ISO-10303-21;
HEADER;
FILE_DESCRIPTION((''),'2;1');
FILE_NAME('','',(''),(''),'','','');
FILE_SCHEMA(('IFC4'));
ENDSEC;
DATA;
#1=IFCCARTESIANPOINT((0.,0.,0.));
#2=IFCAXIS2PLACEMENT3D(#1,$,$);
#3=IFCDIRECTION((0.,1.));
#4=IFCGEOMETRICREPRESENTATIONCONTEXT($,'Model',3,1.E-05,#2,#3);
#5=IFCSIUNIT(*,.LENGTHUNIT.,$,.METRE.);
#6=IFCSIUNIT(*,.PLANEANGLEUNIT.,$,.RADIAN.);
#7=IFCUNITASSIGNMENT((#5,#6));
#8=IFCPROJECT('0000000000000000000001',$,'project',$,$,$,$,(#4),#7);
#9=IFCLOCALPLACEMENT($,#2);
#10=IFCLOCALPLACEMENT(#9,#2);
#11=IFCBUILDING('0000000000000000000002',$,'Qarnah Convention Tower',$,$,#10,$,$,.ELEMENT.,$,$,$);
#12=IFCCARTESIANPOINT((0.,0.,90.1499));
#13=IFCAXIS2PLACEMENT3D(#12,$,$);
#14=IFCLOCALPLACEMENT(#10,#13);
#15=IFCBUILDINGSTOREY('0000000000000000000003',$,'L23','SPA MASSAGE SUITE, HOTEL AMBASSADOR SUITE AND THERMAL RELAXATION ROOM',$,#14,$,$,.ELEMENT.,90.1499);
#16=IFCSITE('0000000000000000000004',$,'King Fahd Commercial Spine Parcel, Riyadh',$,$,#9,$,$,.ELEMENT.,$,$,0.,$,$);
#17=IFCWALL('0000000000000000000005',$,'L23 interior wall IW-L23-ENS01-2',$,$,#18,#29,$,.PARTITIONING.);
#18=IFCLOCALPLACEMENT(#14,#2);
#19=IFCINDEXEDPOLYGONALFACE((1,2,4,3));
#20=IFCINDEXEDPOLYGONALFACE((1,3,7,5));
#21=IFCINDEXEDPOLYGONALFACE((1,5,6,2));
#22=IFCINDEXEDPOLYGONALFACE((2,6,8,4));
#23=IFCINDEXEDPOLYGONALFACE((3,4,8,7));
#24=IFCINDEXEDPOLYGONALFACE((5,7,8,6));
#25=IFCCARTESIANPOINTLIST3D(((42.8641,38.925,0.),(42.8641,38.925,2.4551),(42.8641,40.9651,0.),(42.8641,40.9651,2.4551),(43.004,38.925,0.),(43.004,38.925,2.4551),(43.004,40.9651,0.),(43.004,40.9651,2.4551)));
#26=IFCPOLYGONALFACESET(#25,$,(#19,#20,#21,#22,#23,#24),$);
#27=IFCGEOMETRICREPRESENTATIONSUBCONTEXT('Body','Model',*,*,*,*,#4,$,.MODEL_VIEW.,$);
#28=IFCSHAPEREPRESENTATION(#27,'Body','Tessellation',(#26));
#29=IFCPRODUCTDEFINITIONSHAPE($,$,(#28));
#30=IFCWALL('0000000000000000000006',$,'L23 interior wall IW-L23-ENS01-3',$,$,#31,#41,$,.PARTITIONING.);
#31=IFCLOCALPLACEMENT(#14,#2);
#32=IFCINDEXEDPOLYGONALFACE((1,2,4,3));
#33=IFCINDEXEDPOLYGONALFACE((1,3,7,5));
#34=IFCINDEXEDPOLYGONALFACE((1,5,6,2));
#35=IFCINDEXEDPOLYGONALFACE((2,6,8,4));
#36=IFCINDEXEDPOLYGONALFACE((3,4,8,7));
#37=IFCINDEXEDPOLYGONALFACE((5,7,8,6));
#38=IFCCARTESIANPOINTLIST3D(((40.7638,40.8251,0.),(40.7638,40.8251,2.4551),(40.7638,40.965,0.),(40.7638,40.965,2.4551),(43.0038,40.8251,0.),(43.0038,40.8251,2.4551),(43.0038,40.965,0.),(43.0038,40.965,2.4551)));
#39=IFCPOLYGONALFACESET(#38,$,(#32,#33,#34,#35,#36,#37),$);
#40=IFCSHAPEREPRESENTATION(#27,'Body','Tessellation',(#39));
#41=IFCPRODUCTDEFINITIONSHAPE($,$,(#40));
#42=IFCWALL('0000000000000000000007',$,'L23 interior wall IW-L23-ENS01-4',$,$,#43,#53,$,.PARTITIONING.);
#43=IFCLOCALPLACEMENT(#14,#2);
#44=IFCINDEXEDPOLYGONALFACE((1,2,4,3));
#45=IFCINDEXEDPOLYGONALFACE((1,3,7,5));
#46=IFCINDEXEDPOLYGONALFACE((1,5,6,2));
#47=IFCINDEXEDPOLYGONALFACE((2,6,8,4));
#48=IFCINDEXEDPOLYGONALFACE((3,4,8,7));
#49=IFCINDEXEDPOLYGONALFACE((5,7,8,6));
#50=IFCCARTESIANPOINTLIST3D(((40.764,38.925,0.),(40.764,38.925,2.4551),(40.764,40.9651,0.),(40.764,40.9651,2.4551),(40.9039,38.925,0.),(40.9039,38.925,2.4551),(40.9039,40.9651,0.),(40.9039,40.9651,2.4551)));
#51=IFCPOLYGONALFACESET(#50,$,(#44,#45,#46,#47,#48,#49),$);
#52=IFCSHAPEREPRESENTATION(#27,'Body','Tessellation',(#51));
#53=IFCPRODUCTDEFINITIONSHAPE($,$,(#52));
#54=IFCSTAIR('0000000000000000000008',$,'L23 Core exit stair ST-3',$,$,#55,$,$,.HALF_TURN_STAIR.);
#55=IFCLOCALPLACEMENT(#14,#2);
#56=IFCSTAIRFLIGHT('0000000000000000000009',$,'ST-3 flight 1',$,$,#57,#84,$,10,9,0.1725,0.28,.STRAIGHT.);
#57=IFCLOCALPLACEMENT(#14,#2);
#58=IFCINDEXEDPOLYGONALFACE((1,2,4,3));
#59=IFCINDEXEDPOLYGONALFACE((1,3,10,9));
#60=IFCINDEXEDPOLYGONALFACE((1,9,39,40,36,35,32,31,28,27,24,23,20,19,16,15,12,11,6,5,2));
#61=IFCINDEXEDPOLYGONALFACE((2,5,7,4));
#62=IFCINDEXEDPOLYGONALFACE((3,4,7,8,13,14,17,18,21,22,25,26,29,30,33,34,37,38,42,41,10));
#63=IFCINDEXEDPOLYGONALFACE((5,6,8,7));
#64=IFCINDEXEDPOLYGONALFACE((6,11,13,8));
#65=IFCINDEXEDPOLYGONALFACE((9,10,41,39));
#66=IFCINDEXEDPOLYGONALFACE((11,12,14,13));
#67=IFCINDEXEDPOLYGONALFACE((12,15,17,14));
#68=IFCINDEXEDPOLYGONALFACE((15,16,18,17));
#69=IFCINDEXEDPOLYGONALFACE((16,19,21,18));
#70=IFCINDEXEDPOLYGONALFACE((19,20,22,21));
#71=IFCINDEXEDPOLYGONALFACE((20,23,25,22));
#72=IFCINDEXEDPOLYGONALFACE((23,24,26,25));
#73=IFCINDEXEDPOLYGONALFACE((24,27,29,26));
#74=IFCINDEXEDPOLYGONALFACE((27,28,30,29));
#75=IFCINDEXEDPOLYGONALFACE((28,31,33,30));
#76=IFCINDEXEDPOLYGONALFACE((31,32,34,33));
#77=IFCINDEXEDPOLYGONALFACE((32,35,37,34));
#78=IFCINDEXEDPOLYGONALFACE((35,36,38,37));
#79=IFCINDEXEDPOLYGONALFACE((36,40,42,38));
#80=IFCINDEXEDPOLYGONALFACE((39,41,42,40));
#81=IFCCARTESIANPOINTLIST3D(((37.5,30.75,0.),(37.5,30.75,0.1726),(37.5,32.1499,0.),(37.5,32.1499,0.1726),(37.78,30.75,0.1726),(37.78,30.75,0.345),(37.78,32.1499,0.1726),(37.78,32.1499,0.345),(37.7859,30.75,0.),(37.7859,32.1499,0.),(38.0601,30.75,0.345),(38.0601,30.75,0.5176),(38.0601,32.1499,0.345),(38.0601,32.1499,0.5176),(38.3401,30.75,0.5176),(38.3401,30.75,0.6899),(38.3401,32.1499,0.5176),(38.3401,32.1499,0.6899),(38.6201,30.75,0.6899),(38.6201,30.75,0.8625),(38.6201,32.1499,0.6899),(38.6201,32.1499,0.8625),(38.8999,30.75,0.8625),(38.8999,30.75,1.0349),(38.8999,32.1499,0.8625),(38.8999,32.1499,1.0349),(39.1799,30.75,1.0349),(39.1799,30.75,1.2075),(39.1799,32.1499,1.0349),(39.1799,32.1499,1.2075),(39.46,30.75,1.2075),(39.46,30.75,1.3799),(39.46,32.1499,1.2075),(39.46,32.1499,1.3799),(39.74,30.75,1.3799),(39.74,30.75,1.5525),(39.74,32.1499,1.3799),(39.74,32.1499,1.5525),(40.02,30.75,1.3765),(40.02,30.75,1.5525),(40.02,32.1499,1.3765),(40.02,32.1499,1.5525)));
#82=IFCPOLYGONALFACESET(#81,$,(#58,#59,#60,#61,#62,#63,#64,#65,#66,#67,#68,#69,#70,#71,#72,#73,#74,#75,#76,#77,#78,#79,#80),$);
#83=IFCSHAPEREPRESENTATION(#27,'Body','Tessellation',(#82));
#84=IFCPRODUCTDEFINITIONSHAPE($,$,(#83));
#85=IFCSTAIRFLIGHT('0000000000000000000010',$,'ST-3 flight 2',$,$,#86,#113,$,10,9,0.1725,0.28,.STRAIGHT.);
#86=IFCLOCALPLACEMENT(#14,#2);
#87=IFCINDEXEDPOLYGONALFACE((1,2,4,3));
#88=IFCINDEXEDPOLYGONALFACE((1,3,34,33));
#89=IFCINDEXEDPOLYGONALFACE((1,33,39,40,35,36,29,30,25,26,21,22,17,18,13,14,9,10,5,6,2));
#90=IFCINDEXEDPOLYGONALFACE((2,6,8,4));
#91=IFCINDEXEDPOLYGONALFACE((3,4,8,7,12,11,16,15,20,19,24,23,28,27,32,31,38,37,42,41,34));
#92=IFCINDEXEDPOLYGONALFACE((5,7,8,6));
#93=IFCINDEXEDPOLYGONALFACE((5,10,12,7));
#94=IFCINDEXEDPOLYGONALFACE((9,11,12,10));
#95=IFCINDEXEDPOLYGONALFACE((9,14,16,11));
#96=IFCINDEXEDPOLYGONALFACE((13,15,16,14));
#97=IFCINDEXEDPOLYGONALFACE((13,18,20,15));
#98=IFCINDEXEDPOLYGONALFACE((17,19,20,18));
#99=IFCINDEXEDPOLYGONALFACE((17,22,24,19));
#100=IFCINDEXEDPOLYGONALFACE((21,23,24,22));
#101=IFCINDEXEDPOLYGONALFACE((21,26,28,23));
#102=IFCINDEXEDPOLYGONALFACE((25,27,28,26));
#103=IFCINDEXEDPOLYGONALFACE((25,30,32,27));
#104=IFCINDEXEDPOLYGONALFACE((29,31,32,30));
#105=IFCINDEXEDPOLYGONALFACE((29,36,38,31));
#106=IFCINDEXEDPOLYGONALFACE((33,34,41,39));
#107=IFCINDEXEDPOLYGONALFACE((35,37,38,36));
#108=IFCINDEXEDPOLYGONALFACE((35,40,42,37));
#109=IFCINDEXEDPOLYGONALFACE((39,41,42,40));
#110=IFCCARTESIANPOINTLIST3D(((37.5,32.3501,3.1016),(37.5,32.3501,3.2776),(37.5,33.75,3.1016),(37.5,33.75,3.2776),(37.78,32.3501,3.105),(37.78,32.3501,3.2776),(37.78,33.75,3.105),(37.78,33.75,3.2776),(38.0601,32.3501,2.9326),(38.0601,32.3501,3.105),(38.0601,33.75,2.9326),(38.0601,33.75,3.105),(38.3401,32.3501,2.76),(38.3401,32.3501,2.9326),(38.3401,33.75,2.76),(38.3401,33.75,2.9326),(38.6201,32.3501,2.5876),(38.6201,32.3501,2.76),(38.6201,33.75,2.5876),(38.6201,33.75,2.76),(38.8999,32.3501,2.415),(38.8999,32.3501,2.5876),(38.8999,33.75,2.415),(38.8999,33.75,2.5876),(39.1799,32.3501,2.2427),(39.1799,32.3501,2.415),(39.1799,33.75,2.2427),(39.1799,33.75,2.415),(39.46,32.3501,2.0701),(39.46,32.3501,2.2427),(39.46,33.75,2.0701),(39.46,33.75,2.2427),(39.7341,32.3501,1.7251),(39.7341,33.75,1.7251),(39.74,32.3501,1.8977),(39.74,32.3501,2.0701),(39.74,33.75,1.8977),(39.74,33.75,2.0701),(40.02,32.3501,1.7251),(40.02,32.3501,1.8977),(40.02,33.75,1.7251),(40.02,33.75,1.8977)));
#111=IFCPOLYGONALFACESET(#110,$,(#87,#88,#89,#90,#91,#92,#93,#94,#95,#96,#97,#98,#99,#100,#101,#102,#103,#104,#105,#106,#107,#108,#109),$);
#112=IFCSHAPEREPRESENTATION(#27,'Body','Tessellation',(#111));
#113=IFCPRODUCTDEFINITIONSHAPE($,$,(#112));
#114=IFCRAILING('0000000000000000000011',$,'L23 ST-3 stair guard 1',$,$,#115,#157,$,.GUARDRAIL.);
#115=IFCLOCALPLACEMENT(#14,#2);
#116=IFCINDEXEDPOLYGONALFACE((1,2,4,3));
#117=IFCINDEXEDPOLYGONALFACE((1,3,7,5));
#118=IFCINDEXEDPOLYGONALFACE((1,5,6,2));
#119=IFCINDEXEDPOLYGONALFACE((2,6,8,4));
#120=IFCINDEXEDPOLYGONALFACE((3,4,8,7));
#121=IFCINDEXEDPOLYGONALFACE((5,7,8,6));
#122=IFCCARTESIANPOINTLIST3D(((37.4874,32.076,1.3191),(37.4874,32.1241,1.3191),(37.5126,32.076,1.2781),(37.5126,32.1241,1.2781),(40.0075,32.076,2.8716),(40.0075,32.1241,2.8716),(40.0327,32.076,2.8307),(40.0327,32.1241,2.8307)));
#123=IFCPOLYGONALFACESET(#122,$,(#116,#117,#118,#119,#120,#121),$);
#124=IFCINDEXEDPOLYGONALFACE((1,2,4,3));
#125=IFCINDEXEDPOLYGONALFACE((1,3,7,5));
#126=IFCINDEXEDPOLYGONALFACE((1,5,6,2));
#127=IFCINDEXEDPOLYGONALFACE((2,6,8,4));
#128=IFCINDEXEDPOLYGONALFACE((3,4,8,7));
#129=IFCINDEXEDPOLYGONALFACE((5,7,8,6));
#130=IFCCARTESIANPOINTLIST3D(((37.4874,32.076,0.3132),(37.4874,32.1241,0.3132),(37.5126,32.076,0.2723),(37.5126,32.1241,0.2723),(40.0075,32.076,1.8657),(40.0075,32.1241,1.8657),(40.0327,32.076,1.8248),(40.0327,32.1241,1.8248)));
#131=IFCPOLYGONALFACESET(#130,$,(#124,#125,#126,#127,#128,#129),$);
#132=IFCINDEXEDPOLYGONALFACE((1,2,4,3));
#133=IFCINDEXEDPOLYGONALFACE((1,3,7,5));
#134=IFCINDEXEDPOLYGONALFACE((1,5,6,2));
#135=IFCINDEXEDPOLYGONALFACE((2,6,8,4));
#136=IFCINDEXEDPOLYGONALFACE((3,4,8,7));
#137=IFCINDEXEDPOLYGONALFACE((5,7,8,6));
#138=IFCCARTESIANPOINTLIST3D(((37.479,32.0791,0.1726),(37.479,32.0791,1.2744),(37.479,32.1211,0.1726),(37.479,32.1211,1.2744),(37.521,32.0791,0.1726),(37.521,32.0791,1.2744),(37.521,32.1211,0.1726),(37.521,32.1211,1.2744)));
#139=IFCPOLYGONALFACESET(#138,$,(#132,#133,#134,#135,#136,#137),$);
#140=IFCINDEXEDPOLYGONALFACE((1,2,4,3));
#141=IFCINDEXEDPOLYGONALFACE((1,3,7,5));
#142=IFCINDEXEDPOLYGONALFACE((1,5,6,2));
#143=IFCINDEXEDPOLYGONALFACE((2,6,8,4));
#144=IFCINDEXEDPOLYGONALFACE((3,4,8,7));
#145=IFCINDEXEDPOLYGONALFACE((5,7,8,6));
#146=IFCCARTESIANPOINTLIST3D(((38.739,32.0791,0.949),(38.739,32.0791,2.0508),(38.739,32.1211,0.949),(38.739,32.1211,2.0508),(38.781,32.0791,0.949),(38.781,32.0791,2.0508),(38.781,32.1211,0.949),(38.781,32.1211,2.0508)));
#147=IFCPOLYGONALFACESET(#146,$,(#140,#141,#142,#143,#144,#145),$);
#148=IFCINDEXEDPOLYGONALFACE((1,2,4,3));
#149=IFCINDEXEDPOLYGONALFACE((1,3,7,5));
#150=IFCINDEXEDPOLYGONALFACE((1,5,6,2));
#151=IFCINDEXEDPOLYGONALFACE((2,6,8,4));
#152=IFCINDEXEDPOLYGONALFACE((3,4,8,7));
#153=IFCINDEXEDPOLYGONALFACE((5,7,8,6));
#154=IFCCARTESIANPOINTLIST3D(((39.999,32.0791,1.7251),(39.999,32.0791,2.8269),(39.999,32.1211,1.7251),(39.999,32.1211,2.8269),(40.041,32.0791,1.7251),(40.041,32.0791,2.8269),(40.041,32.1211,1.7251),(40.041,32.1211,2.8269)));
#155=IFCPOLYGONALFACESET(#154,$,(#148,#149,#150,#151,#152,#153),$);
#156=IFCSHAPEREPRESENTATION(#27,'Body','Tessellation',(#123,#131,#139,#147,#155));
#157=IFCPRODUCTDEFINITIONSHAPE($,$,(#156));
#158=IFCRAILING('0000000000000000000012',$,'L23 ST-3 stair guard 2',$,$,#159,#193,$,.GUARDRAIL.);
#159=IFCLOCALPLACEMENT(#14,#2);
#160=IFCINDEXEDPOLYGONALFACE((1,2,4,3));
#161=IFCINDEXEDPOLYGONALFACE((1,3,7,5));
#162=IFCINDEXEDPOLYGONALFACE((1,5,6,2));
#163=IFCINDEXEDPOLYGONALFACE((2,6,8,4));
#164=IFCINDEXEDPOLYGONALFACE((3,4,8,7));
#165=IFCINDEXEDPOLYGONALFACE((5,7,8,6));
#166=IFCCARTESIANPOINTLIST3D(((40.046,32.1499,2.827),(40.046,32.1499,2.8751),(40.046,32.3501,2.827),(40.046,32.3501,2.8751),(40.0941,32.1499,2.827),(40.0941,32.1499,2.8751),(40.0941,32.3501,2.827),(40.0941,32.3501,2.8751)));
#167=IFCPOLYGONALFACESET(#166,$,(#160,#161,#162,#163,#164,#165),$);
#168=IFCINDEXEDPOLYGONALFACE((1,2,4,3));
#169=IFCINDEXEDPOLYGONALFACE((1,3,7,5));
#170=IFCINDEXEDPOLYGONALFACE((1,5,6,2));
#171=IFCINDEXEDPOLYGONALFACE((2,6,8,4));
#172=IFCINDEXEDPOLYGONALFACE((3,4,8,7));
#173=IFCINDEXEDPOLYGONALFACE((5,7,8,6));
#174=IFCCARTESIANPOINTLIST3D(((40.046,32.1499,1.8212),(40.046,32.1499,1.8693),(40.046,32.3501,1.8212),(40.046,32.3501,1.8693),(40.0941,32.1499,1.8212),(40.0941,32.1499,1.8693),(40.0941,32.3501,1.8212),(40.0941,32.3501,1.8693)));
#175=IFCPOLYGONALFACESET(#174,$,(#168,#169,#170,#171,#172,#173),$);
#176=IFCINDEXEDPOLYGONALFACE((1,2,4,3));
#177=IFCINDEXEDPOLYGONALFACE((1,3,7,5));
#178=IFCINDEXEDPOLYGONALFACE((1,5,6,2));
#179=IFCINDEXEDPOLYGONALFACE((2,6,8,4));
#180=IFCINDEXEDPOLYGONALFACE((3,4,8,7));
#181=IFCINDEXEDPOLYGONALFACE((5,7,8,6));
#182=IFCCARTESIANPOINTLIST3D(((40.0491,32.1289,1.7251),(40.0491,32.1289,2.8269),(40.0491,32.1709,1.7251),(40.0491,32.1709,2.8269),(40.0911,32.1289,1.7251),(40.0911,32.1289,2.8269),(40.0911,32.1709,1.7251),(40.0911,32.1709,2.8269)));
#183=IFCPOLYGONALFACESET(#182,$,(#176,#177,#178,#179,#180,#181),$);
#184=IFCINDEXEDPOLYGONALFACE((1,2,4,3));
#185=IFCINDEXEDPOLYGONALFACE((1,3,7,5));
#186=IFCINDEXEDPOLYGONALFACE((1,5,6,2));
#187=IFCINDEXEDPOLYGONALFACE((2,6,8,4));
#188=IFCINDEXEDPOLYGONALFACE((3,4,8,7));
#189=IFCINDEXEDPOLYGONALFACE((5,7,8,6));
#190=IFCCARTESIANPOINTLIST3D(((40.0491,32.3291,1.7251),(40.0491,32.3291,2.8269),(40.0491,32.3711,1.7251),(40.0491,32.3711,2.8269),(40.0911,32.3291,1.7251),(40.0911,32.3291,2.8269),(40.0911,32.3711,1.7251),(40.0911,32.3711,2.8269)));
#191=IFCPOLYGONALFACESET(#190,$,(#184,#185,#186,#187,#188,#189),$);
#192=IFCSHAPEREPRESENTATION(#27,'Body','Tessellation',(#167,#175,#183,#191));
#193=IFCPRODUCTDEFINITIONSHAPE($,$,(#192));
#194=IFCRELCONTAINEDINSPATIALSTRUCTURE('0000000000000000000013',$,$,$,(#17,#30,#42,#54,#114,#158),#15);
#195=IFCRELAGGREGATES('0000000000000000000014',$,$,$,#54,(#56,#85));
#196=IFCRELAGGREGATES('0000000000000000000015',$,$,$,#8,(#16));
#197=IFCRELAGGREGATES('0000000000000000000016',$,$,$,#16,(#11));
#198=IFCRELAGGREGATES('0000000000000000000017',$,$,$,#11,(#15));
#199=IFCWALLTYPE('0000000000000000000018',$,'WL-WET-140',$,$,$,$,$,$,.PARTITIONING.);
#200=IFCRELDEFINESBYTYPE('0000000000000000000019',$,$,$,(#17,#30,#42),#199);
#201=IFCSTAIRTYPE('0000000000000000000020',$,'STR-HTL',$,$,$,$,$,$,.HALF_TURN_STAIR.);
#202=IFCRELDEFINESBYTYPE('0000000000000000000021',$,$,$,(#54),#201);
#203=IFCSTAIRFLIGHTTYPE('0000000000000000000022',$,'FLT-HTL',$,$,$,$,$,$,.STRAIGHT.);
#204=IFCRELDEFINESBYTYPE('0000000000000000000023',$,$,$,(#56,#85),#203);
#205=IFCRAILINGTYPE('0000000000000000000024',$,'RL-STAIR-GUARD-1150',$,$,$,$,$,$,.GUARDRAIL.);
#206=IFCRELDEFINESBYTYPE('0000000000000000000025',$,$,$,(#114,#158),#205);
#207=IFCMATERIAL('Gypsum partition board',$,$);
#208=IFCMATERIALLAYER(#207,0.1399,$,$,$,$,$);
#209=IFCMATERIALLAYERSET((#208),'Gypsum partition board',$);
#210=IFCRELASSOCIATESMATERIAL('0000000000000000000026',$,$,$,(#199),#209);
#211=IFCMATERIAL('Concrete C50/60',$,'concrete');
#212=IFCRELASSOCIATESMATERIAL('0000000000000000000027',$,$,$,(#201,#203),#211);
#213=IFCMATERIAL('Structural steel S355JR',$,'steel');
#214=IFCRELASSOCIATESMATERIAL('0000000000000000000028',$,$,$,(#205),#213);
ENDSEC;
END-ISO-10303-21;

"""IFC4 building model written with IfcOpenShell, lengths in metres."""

from ifc_helpers import new_model, si_unit, direction, frame, frame_2d, origin, origin_2d, place, context, subcontext, project, spatial, polyline, rectangle, outline, extrude, material, layer, layer_set, type_object, element, aggregate, save


model = new_model("IFC4")

# Units and contexts
model_context = context("Model", 3, precision=1e-05, world=origin(), true_north=direction((0.0, 1.0)))
body_context = subcontext(model_context, "Body", "Model", "MODEL_VIEW")
ifc_project = project(units=[si_unit("LENGTHUNIT", "METRE"), si_unit("PLANEANGLEUNIT", "RADIAN")], contexts=[model_context])

# Site, building, storey
site_placement = place(None, origin())
site = spatial("IfcSite", under=ifc_project, at=site_placement, Name="King Fahd Commercial Spine Parcel, Riyadh", CompositionType="ELEMENT", RefElevation=0.0)
building_placement = place(site_placement, origin())
building = spatial("IfcBuilding", under=site, at=building_placement, Name="Qarnah Convention Tower", CompositionType="ELEMENT")
storey_placement = place(building_placement, frame((0.0, 0.0, 90.1499)))
storey = spatial("IfcBuildingStorey", under=building, at=storey_placement, Name="L23", Description="SPA MASSAGE SUITE, HOTEL AMBASSADOR SUITE AND THERMAL RELAXATION ROOM", CompositionType="ELEMENT", Elevation=90.1499)

# Shared definitions
ifc_material_1 = material(Name="Structural steel S355JR", Category="steel")

# Shared definitions
ifc_material_2 = material(Name="Gypsum partition board")

# Shared definitions
ifc_layer_1 = layer(ifc_material_2, 0.1399)
ifc_layer_set_1 = layer_set([ifc_layer_1], Name="Gypsum partition board")
wall_type_1 = type_object("IfcWallType", Name="WL-WET-140", PredefinedType="PARTITIONING", material=ifc_layer_set_1)

# Walls
wall_1_placement = place(storey_placement, frame((42.9341, 38.925, 0.0), z_axis=(0.0, 0.0, 1.0), x_axis=(0.0, 1.0, 0.0)))
element("IfcWall", 1, at=wall_1_placement, inside=storey, type_object=wall_type_1, Name="L23 interior wall IW-L23-ENS01-2", PredefinedType="PARTITIONING", context=body_context, shape_type="SweptSolid", body=[
    extrude(rectangle(XDim=2.04, YDim=0.1399, at=frame_2d((1.02, 0.0))), origin(), (0.0, 0.0, 1.0), 2.4551),
])
wall_2_placement = place(storey_placement, frame((43.0039, 40.895, 0.0), z_axis=(0.0, 0.0, 1.0), x_axis=(-1.0, 0.0, 0.0)))
element("IfcWall", 2, at=wall_2_placement, inside=storey, type_object=wall_type_1, Name="L23 interior wall IW-L23-ENS01-3", PredefinedType="PARTITIONING", context=body_context, shape_type="SweptSolid", body=[
    extrude(rectangle(XDim=2.24, YDim=0.1399, at=frame_2d((1.1201, 0.0))), origin(), (0.0, 0.0, 1.0), 2.4551),
])
wall_3_placement = place(storey_placement, frame((40.834, 40.9651, 0.0), z_axis=(0.0, 0.0, 1.0), x_axis=(0.0, -1.0, 0.0)))
element("IfcWall", 3, at=wall_3_placement, inside=storey, type_object=wall_type_1, Name="L23 interior wall IW-L23-ENS01-4", PredefinedType="PARTITIONING", context=body_context, shape_type="SweptSolid", body=[
    extrude(rectangle(XDim=2.04, YDim=0.1399, at=frame_2d((1.02, 0.0))), origin(), (0.0, 0.0, 1.0), 2.4551),
])

# Stair, stair flights
ifc_material_3 = material(Name="Concrete C50/60", Category="concrete")
stair_type = type_object("IfcStairType", Name="STR-HTL", PredefinedType="HALF_TURN_STAIR", material=ifc_material_3)
stair_placement = place(storey_placement, origin())
stair = element("IfcStair", 4, at=stair_placement, inside=storey, type_object=stair_type, Name="L23 Core exit stair ST-3", PredefinedType="HALF_TURN_STAIR")
stair_flight_type = type_object("IfcStairFlightType", Name="FLT-HTL", PredefinedType="STRAIGHT", material=ifc_material_3)
stair_flight_1_placement = place(storey_placement, frame((37.5, 31.45, 0.0), z_axis=(0.0, 0.0, 1.0), x_axis=(1.0, 0.0, 0.0)))
stair_flight_1 = element("IfcStairFlight", 5, at=stair_flight_1_placement, type_object=stair_flight_type, Name="ST-3 flight 1", NumberOfRisers=10, NumberOfTreads=9, PredefinedType="STRAIGHT", RiserHeight=0.1725, TreadLength=0.28, context=body_context, shape_type="SweptSolid", body=[
    extrude(outline(polyline([(0.0, 0.0), (0.0, 0.1726), (0.28, 0.1726), (0.28, 0.345), (0.5601, 0.345), (0.5601, 0.5176), (0.8401, 0.5176), (0.8401, 0.6899), (1.1201, 0.6899), (1.1201, 0.8625), (1.3999, 0.8625), (1.3999, 1.0349), (1.6799, 1.0349), (1.6799, 1.2075), (1.96, 1.2075), (1.96, 1.3799), (2.24, 1.3799), (2.24, 1.5525), (2.52, 1.5525), (2.52, 1.7251), (2.52, 1.3765), (0.2859, 0.0), (0.0, 0.0)])), frame((0.0, 0.7, 0.0), z_axis=(0.0, -1.0, 0.0), x_axis=(1.0, 0.0, 0.0)), (0.0, 0.0, 1.0), 1.3999),
])
stair_flight_2_placement = place(storey_placement, frame((40.02, 33.05, 1.7251), z_axis=(0.0, 0.0, 1.0), x_axis=(-1.0, 0.0, 0.0)))
stair_flight_2 = element("IfcStairFlight", 6, at=stair_flight_2_placement, type_object=stair_flight_type, Name="ST-3 flight 2", NumberOfRisers=10, NumberOfTreads=9, PredefinedType="STRAIGHT", RiserHeight=0.1725, TreadLength=0.28, context=body_context, shape_type="SweptSolid", body=[
    extrude(outline(polyline([(0.0, 0.0), (0.0, 0.1726), (0.28, 0.1726), (0.28, 0.345), (0.5601, 0.345), (0.5601, 0.5176), (0.8401, 0.5176), (0.8401, 0.6899), (1.1201, 0.6899), (1.1201, 0.8625), (1.3999, 0.8625), (1.3999, 1.0349), (1.6799, 1.0349), (1.6799, 1.2075), (1.96, 1.2075), (1.96, 1.3799), (2.24, 1.3799), (2.24, 1.5525), (2.52, 1.5525), (2.52, 1.7251), (2.52, 1.3765), (0.2859, 0.0), (0.0, 0.0)])), frame((0.0, 0.7, 0.0), z_axis=(0.0, -1.0, 0.0), x_axis=(1.0, 0.0, 0.0)), (0.0, 0.0, 1.0), 1.3999),
])
aggregate(stair, [stair_flight_1, stair_flight_2])

# Railings
railing_type_1 = type_object("IfcRailingType", Name="RL-STAIR-GUARD-1150", PredefinedType="GUARDRAIL", material=ifc_material_1)
railing_1_placement = place(storey_placement, frame((37.5, 32.1001, 0.1726)))
element("IfcRailing", 7, at=railing_1_placement, inside=storey, type_object=railing_type_1, Name="L23 ST-3 stair guard 1", PredefinedType="GUARDRAIL", context=body_context, shape_type="SweptSolid", body=[
    extrude(rectangle(XDim=0.0481, YDim=0.0481, at=origin_2d()), frame((0.0, 0.0, 1.126), z_axis=(0.8514, 0.0, 0.524516), x_axis=(0.0, 1.0, 0.0)), (0.0, 0.0, 1.0), 2.96),
    extrude(rectangle(XDim=0.0481, YDim=0.0481, at=origin_2d()), frame((0.0, 0.0, 0.1201), z_axis=(0.8514, 0.0, 0.524516), x_axis=(0.0, 1.0, 0.0)), (0.0, 0.0, 1.0), 2.96),
    extrude(rectangle(XDim=0.042, YDim=0.042, at=origin_2d()), origin(), (0.0, 0.0, 1.0), 1.1018),
    extrude(rectangle(XDim=0.042, YDim=0.042, at=origin_2d()), frame((1.26, 0.0, 0.7764)), (0.0, 0.0, 1.0), 1.1018),
    extrude(rectangle(XDim=0.042, YDim=0.042, at=origin_2d()), frame((2.52, 0.0, 1.5525)), (0.0, 0.0, 1.0), 1.1018),
])
railing_2_placement = place(storey_placement, frame((40.0701, 32.1499, 1.7251)))
element("IfcRailing", 8, at=railing_2_placement, inside=storey, type_object=railing_type_1, Name="L23 ST-3 stair guard 2", PredefinedType="GUARDRAIL", context=body_context, shape_type="SweptSolid", body=[
    extrude(rectangle(XDim=0.0481, YDim=0.0481, at=origin_2d()), frame((0.0, 0.0, 1.126), z_axis=(0.0, 1.0, 0.0), x_axis=(-1.0, 0.0, 0.0)), (0.0, 0.0, 1.0), 0.2002),
    extrude(rectangle(XDim=0.0481, YDim=0.0481, at=origin_2d()), frame((0.0, 0.0, 0.1201), z_axis=(0.0, 1.0, 0.0), x_axis=(-1.0, 0.0, 0.0)), (0.0, 0.0, 1.0), 0.2002),
    extrude(rectangle(XDim=0.042, YDim=0.042, at=origin_2d()), origin(), (0.0, 0.0, 1.0), 1.1018),
    extrude(rectangle(XDim=0.042, YDim=0.042, at=origin_2d()), frame((0.0, 0.2002, 0.0)), (0.0, 0.0, 1.0), 1.1018),
])

save(model, "model.ifc")
